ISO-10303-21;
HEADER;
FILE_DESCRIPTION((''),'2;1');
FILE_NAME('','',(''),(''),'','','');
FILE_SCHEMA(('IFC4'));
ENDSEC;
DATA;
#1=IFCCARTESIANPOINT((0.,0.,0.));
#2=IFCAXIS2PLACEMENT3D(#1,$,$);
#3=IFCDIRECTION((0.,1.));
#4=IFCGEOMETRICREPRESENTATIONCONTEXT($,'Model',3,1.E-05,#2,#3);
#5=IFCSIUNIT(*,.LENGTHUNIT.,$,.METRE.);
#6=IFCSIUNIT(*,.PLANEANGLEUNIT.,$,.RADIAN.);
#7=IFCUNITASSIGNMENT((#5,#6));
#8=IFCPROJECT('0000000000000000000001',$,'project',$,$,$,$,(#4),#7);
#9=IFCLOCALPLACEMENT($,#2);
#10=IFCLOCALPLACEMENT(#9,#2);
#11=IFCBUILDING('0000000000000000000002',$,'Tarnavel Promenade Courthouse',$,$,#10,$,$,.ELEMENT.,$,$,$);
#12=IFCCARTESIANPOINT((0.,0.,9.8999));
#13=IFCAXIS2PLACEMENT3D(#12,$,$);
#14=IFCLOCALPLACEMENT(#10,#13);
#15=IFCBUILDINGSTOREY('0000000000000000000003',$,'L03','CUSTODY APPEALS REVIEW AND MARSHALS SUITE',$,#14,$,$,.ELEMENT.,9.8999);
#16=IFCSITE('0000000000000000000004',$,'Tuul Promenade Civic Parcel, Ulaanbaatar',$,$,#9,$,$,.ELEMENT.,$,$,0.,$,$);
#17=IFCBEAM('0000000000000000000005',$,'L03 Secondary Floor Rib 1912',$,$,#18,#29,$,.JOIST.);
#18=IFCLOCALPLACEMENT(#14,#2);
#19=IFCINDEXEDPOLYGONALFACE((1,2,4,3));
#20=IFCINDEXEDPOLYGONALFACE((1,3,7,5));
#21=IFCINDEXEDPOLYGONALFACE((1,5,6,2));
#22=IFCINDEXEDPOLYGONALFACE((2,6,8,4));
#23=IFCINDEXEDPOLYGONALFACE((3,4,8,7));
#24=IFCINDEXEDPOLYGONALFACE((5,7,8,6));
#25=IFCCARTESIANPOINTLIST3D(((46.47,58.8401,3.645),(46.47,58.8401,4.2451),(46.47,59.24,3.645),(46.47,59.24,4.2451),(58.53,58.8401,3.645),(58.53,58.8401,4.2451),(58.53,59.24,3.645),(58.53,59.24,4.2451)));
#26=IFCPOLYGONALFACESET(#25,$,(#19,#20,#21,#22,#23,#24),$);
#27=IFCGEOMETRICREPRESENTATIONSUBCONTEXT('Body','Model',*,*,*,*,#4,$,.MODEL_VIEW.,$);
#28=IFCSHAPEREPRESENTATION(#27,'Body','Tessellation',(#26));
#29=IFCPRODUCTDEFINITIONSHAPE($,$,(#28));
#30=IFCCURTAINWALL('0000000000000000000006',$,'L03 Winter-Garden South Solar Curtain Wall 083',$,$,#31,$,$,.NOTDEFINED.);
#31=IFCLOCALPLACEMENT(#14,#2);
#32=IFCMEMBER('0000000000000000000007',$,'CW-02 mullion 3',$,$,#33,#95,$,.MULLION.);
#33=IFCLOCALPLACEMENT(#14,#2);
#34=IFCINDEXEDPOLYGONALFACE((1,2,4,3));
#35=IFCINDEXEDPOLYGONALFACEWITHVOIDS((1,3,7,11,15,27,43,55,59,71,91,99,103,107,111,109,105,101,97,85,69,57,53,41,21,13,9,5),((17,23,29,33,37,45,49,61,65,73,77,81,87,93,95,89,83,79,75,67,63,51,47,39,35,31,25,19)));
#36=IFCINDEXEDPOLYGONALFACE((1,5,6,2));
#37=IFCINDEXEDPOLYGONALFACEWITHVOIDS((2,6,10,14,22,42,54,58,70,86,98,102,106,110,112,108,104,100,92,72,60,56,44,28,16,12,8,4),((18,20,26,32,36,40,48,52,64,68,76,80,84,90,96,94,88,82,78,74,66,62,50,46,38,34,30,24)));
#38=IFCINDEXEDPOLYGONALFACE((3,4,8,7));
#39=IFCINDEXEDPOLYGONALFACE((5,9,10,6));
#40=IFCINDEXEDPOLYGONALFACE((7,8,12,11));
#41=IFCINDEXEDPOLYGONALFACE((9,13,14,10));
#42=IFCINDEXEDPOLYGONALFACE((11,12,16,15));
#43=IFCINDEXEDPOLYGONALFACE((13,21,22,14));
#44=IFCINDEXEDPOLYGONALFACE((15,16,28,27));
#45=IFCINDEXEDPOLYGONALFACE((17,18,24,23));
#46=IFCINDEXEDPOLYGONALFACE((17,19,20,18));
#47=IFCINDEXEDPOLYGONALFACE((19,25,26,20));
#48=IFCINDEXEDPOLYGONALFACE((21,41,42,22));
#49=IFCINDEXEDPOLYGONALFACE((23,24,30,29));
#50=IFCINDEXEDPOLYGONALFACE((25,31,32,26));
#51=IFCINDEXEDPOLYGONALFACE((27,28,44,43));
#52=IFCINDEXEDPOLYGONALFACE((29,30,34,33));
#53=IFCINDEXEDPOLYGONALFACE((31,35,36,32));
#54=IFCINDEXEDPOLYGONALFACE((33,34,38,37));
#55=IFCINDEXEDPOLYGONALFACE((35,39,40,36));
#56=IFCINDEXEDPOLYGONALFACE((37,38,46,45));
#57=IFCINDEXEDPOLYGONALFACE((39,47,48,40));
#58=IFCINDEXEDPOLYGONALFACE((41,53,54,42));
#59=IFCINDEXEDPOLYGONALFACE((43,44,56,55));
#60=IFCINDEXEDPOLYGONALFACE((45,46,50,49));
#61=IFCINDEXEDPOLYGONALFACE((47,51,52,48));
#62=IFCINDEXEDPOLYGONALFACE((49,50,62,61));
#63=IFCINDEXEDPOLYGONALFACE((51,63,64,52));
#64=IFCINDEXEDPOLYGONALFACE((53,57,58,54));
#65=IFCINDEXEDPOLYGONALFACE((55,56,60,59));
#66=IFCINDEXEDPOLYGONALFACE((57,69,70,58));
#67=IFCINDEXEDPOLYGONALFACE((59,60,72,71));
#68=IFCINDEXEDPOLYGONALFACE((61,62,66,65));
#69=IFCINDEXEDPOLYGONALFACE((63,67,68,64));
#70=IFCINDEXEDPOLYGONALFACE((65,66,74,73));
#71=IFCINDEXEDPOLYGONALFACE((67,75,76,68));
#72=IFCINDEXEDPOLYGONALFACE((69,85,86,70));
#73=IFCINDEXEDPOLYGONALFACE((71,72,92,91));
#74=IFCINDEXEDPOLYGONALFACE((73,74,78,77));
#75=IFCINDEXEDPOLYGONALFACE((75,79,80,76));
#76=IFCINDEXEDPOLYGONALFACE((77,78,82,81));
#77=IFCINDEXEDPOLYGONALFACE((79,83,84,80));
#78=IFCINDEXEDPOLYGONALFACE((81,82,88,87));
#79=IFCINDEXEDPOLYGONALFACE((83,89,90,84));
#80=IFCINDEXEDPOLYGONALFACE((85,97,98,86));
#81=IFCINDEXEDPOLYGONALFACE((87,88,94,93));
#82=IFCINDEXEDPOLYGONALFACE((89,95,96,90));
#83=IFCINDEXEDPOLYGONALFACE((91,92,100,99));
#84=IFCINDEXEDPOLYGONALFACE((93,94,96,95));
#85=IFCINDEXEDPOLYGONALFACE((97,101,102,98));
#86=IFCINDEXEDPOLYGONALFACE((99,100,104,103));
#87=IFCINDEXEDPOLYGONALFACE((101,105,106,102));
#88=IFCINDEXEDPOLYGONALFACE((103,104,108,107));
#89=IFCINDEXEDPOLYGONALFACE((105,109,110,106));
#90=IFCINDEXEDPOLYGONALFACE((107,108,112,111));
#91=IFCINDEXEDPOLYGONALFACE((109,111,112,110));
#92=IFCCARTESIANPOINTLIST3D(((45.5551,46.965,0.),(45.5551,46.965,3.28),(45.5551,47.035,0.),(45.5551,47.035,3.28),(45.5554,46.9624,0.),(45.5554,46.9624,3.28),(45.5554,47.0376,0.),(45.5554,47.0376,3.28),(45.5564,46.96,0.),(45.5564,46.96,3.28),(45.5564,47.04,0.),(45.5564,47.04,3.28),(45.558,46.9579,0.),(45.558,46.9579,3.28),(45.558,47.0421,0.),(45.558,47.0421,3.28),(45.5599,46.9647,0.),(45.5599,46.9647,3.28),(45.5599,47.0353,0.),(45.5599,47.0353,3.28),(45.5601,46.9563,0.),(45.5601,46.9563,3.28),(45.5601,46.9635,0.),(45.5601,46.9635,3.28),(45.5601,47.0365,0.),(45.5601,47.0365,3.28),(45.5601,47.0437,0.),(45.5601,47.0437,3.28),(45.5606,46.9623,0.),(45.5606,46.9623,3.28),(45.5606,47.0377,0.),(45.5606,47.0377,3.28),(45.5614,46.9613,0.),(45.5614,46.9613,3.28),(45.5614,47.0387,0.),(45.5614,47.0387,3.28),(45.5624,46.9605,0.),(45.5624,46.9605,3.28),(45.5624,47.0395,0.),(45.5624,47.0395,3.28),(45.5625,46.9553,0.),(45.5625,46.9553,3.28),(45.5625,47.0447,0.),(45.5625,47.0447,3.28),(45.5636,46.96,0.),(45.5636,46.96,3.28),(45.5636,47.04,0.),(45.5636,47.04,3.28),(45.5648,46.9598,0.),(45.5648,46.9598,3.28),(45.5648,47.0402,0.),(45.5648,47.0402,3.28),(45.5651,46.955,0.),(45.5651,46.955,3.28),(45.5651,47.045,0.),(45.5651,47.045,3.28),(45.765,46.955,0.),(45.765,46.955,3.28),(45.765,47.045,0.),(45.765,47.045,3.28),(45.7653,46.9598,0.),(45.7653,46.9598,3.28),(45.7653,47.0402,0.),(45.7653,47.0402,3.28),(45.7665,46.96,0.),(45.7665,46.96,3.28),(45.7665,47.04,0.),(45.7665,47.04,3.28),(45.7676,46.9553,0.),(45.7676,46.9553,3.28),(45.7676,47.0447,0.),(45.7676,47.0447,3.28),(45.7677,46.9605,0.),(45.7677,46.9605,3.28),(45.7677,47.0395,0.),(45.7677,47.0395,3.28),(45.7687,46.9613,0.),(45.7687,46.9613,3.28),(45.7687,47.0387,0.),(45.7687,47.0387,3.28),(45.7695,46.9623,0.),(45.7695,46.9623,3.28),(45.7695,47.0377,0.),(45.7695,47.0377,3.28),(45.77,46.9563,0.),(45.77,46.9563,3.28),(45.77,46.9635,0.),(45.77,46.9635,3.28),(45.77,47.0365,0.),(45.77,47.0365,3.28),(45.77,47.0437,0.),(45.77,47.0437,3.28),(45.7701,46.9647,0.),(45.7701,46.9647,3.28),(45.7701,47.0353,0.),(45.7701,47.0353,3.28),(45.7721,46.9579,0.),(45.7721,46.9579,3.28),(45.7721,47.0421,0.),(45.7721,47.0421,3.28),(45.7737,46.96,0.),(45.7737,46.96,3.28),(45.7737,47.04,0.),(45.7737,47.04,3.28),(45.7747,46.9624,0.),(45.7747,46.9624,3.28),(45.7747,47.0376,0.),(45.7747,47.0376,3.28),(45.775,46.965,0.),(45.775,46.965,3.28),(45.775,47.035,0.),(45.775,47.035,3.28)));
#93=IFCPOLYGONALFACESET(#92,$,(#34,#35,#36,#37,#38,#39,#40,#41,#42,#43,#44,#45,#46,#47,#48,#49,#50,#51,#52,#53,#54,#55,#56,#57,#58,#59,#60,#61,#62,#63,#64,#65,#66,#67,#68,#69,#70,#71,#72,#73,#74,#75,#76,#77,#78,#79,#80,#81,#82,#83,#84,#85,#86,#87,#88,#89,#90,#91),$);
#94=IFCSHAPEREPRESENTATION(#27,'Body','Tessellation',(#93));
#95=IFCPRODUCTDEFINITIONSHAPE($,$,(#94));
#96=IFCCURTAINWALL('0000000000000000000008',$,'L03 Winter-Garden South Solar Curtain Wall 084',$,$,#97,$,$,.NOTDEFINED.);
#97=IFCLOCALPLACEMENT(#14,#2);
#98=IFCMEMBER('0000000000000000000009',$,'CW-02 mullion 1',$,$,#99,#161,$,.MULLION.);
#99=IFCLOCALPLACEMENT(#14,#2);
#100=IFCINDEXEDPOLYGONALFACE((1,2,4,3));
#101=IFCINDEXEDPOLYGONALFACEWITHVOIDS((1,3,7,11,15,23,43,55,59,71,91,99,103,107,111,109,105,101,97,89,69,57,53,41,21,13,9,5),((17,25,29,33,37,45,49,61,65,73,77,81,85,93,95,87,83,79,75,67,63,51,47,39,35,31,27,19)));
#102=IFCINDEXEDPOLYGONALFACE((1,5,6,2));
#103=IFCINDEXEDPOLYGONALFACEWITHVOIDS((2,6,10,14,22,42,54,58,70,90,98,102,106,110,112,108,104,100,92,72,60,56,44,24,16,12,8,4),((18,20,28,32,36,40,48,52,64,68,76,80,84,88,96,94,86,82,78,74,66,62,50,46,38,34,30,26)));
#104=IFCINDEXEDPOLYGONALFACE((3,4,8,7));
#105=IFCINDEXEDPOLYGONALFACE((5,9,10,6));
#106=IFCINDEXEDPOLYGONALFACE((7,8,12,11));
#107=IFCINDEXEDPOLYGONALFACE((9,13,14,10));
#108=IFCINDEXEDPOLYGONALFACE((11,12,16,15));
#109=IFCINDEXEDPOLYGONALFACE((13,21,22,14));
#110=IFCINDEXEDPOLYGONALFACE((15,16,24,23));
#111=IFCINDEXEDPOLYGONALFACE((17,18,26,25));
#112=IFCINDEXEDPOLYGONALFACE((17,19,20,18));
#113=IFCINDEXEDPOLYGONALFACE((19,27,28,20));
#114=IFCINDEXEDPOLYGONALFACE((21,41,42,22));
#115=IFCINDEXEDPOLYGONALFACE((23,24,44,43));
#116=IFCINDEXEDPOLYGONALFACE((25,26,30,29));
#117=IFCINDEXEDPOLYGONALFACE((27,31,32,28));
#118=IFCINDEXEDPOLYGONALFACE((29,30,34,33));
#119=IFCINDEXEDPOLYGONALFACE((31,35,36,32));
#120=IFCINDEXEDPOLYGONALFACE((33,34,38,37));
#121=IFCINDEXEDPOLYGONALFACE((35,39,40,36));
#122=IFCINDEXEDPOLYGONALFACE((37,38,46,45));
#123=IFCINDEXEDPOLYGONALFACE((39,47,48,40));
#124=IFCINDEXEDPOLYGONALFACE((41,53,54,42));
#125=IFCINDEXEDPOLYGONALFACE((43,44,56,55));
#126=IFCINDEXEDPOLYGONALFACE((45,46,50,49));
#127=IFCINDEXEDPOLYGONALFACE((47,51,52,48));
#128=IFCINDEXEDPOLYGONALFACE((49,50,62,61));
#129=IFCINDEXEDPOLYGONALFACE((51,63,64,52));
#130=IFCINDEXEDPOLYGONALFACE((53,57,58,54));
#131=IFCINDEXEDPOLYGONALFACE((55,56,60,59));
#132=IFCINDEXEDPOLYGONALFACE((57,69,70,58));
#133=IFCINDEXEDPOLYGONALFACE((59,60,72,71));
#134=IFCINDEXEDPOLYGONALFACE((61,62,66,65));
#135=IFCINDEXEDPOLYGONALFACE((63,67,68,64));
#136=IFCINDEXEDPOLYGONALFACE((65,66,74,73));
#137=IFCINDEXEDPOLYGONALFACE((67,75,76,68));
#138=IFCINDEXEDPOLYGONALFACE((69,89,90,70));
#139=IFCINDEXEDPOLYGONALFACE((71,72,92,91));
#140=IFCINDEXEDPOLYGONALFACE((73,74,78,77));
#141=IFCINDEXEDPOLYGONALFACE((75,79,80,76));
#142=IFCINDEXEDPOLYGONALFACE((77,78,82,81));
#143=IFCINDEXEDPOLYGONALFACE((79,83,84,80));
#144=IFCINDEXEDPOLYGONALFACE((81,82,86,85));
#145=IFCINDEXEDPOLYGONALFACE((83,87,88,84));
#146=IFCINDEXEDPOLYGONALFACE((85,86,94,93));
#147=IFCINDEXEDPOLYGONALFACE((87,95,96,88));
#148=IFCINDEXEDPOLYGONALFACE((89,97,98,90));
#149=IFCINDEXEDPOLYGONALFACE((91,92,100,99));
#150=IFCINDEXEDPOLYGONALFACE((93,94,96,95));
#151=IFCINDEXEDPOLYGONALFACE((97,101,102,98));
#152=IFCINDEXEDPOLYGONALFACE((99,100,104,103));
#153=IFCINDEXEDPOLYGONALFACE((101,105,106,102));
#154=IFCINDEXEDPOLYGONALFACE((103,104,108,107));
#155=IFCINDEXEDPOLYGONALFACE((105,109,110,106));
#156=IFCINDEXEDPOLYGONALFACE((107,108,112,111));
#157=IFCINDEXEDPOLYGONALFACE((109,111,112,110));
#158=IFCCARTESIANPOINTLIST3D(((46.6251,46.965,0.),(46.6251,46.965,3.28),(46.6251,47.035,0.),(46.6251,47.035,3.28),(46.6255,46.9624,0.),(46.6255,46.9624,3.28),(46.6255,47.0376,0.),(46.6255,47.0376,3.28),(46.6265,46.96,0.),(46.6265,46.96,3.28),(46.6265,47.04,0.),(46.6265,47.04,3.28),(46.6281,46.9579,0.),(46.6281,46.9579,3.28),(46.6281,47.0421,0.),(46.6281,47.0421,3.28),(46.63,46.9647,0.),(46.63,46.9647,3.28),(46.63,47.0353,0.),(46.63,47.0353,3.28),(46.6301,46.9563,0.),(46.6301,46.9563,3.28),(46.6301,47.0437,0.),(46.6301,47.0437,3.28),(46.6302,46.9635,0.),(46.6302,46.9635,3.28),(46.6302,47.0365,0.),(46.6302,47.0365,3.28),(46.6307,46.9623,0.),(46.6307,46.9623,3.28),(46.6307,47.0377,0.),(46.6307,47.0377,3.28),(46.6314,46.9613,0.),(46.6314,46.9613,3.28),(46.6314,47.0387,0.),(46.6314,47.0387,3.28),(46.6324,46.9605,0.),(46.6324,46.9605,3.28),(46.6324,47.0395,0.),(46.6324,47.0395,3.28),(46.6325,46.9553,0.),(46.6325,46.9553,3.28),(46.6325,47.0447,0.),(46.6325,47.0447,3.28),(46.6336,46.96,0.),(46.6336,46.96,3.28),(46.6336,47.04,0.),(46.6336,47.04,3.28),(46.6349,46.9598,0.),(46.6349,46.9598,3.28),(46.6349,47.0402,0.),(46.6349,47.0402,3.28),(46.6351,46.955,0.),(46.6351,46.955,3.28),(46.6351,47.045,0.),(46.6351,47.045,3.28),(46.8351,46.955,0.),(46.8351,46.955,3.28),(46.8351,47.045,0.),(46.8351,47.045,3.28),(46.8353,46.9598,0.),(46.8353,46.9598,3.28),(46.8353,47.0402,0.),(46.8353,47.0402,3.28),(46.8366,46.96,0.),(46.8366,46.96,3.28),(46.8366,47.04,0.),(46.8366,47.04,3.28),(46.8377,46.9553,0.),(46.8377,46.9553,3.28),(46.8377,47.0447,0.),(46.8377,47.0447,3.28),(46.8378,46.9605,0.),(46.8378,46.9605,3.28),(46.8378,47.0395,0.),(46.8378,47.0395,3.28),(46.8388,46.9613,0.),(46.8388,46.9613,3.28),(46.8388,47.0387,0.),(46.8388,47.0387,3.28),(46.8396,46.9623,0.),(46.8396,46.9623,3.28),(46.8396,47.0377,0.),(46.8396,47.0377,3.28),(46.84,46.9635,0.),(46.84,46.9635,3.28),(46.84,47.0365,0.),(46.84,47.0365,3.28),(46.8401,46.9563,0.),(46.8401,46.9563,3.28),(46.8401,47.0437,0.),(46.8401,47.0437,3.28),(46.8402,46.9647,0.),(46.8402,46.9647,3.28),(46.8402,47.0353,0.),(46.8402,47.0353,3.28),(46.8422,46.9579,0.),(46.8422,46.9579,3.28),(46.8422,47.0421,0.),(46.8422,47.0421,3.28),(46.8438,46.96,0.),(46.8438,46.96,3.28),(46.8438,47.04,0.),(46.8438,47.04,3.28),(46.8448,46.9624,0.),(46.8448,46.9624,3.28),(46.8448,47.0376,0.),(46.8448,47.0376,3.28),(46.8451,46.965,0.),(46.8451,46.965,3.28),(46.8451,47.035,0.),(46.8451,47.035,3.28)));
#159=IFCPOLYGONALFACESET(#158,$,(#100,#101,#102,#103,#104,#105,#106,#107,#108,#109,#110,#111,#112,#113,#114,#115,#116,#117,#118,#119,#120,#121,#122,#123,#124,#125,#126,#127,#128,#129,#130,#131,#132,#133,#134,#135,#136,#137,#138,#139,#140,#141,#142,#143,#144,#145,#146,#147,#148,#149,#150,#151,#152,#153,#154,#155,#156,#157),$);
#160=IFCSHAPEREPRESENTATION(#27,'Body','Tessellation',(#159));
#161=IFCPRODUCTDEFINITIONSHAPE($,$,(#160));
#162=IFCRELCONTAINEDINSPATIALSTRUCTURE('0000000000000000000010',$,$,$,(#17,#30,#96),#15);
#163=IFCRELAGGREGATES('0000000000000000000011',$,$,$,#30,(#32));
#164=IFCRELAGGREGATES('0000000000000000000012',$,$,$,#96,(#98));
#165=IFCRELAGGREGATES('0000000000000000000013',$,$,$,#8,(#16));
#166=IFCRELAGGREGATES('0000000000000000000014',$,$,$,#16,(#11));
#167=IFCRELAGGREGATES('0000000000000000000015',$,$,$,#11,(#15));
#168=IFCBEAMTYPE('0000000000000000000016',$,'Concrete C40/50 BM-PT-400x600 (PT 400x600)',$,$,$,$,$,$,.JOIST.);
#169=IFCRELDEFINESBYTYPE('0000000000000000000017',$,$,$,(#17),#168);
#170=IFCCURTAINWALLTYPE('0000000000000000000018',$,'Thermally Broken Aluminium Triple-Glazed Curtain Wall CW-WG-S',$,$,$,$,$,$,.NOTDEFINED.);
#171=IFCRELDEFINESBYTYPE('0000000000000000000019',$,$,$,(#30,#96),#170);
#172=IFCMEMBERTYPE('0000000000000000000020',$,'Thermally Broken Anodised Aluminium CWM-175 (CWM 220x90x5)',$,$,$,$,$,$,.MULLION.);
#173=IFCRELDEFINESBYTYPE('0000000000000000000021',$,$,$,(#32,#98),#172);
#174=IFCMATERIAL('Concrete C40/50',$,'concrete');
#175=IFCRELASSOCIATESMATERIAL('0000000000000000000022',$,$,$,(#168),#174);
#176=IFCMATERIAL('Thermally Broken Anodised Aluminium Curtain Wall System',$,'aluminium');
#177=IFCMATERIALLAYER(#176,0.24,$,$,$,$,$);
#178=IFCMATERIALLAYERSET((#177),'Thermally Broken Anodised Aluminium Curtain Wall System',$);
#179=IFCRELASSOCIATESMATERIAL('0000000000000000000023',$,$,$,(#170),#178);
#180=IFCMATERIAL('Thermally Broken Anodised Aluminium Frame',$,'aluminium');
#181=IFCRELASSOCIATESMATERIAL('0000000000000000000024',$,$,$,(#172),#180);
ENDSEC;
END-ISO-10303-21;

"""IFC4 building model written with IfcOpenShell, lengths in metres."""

from ifc_helpers import new_model, si_unit, direction, frame, origin, origin_2d, place, context, subcontext, project, spatial, rectangle, hollow_rectangle, extrude, material, layer, layer_set, material_profile, profile_set, type_object, element, aggregate, save


model = new_model("IFC4")

# Units and contexts
model_context = context("Model", 3, precision=1e-05, world=origin(), true_north=direction((0.0, 1.0)))
body_context = subcontext(model_context, "Body", "Model", "MODEL_VIEW")
ifc_project = project(units=[si_unit("LENGTHUNIT", "METRE"), si_unit("PLANEANGLEUNIT", "RADIAN")], contexts=[model_context])

# Site, building, storey
site_placement = place(None, origin())
site = spatial("IfcSite", under=ifc_project, at=site_placement, Name="Tuul Promenade Civic Parcel, Ulaanbaatar", CompositionType="ELEMENT", RefElevation=0.0)
building_placement = place(site_placement, origin())
building = spatial("IfcBuilding", under=site, at=building_placement, Name="Tarnavel Promenade Courthouse", CompositionType="ELEMENT")
storey_placement = place(building_placement, frame((0.0, 0.0, 9.8999)))
storey = spatial("IfcBuildingStorey", under=building, at=storey_placement, Name="L03", Description="CUSTODY APPEALS REVIEW AND MARSHALS SUITE", CompositionType="ELEMENT", Elevation=9.8999)

# Beam
ifc_material_1 = material(Name="Concrete C40/50", Category="concrete")
ifc_material_profile_1 = material_profile(ifc_material_1, rectangle(XDim=0.3999, YDim=0.6001, at=origin_2d()), Name="PT 400x600")
ifc_profile_set_1 = profile_set([ifc_material_profile_1], Name="Concrete C40/50")
beam_type = type_object("IfcBeamType", Name="Concrete C40/50 BM-PT-400x600 (PT 400x600)", PredefinedType="JOIST", material=ifc_profile_set_1)
beam_placement = place(storey_placement, frame((46.47, 59.04, 3.9451), z_axis=(1.0, 0.0, 0.0), x_axis=(0.0, 1.0, 0.0)))
element("IfcBeam", 1, at=beam_placement, inside=storey, type_object=beam_type, Name="L03 Secondary Floor Rib 1912", PredefinedType="JOIST", context=body_context, shape_type="SweptSolid", body=[
    extrude(rectangle(XDim=0.3999, YDim=0.6001, at=origin_2d()), origin(), (0.0, 0.0, 1.0), 12.0601),
])

# Curtain wall, member
ifc_material_2 = material(Name="Thermally Broken Anodised Aluminium Curtain Wall System", Category="aluminium")
ifc_layer_1 = layer(ifc_material_2, 0.24)
ifc_layer_set_1 = layer_set([ifc_layer_1], Name="Thermally Broken Anodised Aluminium Curtain Wall System")
curtain_wall_type = type_object("IfcCurtainWallType", Name="Thermally Broken Aluminium Triple-Glazed Curtain Wall CW-WG-S", PredefinedType="NOTDEFINED", material=ifc_layer_set_1)
curtain_wall_1_placement = place(storey_placement, origin())
curtain_wall_1 = element("IfcCurtainWall", 2, at=curtain_wall_1_placement, inside=storey, type_object=curtain_wall_type, Name="L03 Winter-Garden South Solar Curtain Wall 083", PredefinedType="NOTDEFINED")
ifc_material_3 = material(Name="Thermally Broken Anodised Aluminium Frame", Category="aluminium")
ifc_material_profile_2 = material_profile(ifc_material_3, hollow_rectangle(XDim=0.0901, YDim=0.22, WallThickness=0.0049, InnerFilletRadius=0.0049, OuterFilletRadius=0.01, at=origin_2d()), Name="CWM 220x90x5")
ifc_profile_set_2 = profile_set([ifc_material_profile_2], Name="Thermally Broken Anodised Aluminium Frame")
member_type_1 = type_object("IfcMemberType", Name="Thermally Broken Anodised Aluminium CWM-175 (CWM 220x90x5)", PredefinedType="MULLION", material=ifc_profile_set_2)
member_1_placement = place(storey_placement, frame((45.665, 47.0, 0.0), z_axis=(0.0, 0.0, 1.0), x_axis=(0.0, 1.0, 0.0)))
member_1 = element("IfcMember", 3, at=member_1_placement, type_object=member_type_1, Name="CW-02 mullion 3", PredefinedType="MULLION", context=body_context, shape_type="SweptSolid", body=[
    extrude(hollow_rectangle(XDim=0.0901, YDim=0.22, WallThickness=0.0049, InnerFilletRadius=0.0049, OuterFilletRadius=0.01, at=origin_2d()), origin(), (0.0, 0.0, 1.0), 3.28),
])

# Curtain wall, member
curtain_wall_2_placement = place(storey_placement, origin())
curtain_wall_2 = element("IfcCurtainWall", 4, at=curtain_wall_2_placement, inside=storey, type_object=curtain_wall_type, Name="L03 Winter-Garden South Solar Curtain Wall 084", PredefinedType="NOTDEFINED")
member_2_placement = place(storey_placement, frame((46.7351, 47.0, 0.0), z_axis=(0.0, 0.0, 1.0), x_axis=(0.0, 1.0, 0.0)))
member_2 = element("IfcMember", 5, at=member_2_placement, type_object=member_type_1, Name="CW-02 mullion 1", PredefinedType="MULLION", context=body_context, shape_type="SweptSolid", body=[
    extrude(hollow_rectangle(XDim=0.0901, YDim=0.22, WallThickness=0.0049, InnerFilletRadius=0.0049, OuterFilletRadius=0.01, at=origin_2d()), origin(), (0.0, 0.0, 1.0), 3.28),
])

aggregate(curtain_wall_1, [member_1])
aggregate(curtain_wall_2, [member_2])

save(model, "model.ifc")
